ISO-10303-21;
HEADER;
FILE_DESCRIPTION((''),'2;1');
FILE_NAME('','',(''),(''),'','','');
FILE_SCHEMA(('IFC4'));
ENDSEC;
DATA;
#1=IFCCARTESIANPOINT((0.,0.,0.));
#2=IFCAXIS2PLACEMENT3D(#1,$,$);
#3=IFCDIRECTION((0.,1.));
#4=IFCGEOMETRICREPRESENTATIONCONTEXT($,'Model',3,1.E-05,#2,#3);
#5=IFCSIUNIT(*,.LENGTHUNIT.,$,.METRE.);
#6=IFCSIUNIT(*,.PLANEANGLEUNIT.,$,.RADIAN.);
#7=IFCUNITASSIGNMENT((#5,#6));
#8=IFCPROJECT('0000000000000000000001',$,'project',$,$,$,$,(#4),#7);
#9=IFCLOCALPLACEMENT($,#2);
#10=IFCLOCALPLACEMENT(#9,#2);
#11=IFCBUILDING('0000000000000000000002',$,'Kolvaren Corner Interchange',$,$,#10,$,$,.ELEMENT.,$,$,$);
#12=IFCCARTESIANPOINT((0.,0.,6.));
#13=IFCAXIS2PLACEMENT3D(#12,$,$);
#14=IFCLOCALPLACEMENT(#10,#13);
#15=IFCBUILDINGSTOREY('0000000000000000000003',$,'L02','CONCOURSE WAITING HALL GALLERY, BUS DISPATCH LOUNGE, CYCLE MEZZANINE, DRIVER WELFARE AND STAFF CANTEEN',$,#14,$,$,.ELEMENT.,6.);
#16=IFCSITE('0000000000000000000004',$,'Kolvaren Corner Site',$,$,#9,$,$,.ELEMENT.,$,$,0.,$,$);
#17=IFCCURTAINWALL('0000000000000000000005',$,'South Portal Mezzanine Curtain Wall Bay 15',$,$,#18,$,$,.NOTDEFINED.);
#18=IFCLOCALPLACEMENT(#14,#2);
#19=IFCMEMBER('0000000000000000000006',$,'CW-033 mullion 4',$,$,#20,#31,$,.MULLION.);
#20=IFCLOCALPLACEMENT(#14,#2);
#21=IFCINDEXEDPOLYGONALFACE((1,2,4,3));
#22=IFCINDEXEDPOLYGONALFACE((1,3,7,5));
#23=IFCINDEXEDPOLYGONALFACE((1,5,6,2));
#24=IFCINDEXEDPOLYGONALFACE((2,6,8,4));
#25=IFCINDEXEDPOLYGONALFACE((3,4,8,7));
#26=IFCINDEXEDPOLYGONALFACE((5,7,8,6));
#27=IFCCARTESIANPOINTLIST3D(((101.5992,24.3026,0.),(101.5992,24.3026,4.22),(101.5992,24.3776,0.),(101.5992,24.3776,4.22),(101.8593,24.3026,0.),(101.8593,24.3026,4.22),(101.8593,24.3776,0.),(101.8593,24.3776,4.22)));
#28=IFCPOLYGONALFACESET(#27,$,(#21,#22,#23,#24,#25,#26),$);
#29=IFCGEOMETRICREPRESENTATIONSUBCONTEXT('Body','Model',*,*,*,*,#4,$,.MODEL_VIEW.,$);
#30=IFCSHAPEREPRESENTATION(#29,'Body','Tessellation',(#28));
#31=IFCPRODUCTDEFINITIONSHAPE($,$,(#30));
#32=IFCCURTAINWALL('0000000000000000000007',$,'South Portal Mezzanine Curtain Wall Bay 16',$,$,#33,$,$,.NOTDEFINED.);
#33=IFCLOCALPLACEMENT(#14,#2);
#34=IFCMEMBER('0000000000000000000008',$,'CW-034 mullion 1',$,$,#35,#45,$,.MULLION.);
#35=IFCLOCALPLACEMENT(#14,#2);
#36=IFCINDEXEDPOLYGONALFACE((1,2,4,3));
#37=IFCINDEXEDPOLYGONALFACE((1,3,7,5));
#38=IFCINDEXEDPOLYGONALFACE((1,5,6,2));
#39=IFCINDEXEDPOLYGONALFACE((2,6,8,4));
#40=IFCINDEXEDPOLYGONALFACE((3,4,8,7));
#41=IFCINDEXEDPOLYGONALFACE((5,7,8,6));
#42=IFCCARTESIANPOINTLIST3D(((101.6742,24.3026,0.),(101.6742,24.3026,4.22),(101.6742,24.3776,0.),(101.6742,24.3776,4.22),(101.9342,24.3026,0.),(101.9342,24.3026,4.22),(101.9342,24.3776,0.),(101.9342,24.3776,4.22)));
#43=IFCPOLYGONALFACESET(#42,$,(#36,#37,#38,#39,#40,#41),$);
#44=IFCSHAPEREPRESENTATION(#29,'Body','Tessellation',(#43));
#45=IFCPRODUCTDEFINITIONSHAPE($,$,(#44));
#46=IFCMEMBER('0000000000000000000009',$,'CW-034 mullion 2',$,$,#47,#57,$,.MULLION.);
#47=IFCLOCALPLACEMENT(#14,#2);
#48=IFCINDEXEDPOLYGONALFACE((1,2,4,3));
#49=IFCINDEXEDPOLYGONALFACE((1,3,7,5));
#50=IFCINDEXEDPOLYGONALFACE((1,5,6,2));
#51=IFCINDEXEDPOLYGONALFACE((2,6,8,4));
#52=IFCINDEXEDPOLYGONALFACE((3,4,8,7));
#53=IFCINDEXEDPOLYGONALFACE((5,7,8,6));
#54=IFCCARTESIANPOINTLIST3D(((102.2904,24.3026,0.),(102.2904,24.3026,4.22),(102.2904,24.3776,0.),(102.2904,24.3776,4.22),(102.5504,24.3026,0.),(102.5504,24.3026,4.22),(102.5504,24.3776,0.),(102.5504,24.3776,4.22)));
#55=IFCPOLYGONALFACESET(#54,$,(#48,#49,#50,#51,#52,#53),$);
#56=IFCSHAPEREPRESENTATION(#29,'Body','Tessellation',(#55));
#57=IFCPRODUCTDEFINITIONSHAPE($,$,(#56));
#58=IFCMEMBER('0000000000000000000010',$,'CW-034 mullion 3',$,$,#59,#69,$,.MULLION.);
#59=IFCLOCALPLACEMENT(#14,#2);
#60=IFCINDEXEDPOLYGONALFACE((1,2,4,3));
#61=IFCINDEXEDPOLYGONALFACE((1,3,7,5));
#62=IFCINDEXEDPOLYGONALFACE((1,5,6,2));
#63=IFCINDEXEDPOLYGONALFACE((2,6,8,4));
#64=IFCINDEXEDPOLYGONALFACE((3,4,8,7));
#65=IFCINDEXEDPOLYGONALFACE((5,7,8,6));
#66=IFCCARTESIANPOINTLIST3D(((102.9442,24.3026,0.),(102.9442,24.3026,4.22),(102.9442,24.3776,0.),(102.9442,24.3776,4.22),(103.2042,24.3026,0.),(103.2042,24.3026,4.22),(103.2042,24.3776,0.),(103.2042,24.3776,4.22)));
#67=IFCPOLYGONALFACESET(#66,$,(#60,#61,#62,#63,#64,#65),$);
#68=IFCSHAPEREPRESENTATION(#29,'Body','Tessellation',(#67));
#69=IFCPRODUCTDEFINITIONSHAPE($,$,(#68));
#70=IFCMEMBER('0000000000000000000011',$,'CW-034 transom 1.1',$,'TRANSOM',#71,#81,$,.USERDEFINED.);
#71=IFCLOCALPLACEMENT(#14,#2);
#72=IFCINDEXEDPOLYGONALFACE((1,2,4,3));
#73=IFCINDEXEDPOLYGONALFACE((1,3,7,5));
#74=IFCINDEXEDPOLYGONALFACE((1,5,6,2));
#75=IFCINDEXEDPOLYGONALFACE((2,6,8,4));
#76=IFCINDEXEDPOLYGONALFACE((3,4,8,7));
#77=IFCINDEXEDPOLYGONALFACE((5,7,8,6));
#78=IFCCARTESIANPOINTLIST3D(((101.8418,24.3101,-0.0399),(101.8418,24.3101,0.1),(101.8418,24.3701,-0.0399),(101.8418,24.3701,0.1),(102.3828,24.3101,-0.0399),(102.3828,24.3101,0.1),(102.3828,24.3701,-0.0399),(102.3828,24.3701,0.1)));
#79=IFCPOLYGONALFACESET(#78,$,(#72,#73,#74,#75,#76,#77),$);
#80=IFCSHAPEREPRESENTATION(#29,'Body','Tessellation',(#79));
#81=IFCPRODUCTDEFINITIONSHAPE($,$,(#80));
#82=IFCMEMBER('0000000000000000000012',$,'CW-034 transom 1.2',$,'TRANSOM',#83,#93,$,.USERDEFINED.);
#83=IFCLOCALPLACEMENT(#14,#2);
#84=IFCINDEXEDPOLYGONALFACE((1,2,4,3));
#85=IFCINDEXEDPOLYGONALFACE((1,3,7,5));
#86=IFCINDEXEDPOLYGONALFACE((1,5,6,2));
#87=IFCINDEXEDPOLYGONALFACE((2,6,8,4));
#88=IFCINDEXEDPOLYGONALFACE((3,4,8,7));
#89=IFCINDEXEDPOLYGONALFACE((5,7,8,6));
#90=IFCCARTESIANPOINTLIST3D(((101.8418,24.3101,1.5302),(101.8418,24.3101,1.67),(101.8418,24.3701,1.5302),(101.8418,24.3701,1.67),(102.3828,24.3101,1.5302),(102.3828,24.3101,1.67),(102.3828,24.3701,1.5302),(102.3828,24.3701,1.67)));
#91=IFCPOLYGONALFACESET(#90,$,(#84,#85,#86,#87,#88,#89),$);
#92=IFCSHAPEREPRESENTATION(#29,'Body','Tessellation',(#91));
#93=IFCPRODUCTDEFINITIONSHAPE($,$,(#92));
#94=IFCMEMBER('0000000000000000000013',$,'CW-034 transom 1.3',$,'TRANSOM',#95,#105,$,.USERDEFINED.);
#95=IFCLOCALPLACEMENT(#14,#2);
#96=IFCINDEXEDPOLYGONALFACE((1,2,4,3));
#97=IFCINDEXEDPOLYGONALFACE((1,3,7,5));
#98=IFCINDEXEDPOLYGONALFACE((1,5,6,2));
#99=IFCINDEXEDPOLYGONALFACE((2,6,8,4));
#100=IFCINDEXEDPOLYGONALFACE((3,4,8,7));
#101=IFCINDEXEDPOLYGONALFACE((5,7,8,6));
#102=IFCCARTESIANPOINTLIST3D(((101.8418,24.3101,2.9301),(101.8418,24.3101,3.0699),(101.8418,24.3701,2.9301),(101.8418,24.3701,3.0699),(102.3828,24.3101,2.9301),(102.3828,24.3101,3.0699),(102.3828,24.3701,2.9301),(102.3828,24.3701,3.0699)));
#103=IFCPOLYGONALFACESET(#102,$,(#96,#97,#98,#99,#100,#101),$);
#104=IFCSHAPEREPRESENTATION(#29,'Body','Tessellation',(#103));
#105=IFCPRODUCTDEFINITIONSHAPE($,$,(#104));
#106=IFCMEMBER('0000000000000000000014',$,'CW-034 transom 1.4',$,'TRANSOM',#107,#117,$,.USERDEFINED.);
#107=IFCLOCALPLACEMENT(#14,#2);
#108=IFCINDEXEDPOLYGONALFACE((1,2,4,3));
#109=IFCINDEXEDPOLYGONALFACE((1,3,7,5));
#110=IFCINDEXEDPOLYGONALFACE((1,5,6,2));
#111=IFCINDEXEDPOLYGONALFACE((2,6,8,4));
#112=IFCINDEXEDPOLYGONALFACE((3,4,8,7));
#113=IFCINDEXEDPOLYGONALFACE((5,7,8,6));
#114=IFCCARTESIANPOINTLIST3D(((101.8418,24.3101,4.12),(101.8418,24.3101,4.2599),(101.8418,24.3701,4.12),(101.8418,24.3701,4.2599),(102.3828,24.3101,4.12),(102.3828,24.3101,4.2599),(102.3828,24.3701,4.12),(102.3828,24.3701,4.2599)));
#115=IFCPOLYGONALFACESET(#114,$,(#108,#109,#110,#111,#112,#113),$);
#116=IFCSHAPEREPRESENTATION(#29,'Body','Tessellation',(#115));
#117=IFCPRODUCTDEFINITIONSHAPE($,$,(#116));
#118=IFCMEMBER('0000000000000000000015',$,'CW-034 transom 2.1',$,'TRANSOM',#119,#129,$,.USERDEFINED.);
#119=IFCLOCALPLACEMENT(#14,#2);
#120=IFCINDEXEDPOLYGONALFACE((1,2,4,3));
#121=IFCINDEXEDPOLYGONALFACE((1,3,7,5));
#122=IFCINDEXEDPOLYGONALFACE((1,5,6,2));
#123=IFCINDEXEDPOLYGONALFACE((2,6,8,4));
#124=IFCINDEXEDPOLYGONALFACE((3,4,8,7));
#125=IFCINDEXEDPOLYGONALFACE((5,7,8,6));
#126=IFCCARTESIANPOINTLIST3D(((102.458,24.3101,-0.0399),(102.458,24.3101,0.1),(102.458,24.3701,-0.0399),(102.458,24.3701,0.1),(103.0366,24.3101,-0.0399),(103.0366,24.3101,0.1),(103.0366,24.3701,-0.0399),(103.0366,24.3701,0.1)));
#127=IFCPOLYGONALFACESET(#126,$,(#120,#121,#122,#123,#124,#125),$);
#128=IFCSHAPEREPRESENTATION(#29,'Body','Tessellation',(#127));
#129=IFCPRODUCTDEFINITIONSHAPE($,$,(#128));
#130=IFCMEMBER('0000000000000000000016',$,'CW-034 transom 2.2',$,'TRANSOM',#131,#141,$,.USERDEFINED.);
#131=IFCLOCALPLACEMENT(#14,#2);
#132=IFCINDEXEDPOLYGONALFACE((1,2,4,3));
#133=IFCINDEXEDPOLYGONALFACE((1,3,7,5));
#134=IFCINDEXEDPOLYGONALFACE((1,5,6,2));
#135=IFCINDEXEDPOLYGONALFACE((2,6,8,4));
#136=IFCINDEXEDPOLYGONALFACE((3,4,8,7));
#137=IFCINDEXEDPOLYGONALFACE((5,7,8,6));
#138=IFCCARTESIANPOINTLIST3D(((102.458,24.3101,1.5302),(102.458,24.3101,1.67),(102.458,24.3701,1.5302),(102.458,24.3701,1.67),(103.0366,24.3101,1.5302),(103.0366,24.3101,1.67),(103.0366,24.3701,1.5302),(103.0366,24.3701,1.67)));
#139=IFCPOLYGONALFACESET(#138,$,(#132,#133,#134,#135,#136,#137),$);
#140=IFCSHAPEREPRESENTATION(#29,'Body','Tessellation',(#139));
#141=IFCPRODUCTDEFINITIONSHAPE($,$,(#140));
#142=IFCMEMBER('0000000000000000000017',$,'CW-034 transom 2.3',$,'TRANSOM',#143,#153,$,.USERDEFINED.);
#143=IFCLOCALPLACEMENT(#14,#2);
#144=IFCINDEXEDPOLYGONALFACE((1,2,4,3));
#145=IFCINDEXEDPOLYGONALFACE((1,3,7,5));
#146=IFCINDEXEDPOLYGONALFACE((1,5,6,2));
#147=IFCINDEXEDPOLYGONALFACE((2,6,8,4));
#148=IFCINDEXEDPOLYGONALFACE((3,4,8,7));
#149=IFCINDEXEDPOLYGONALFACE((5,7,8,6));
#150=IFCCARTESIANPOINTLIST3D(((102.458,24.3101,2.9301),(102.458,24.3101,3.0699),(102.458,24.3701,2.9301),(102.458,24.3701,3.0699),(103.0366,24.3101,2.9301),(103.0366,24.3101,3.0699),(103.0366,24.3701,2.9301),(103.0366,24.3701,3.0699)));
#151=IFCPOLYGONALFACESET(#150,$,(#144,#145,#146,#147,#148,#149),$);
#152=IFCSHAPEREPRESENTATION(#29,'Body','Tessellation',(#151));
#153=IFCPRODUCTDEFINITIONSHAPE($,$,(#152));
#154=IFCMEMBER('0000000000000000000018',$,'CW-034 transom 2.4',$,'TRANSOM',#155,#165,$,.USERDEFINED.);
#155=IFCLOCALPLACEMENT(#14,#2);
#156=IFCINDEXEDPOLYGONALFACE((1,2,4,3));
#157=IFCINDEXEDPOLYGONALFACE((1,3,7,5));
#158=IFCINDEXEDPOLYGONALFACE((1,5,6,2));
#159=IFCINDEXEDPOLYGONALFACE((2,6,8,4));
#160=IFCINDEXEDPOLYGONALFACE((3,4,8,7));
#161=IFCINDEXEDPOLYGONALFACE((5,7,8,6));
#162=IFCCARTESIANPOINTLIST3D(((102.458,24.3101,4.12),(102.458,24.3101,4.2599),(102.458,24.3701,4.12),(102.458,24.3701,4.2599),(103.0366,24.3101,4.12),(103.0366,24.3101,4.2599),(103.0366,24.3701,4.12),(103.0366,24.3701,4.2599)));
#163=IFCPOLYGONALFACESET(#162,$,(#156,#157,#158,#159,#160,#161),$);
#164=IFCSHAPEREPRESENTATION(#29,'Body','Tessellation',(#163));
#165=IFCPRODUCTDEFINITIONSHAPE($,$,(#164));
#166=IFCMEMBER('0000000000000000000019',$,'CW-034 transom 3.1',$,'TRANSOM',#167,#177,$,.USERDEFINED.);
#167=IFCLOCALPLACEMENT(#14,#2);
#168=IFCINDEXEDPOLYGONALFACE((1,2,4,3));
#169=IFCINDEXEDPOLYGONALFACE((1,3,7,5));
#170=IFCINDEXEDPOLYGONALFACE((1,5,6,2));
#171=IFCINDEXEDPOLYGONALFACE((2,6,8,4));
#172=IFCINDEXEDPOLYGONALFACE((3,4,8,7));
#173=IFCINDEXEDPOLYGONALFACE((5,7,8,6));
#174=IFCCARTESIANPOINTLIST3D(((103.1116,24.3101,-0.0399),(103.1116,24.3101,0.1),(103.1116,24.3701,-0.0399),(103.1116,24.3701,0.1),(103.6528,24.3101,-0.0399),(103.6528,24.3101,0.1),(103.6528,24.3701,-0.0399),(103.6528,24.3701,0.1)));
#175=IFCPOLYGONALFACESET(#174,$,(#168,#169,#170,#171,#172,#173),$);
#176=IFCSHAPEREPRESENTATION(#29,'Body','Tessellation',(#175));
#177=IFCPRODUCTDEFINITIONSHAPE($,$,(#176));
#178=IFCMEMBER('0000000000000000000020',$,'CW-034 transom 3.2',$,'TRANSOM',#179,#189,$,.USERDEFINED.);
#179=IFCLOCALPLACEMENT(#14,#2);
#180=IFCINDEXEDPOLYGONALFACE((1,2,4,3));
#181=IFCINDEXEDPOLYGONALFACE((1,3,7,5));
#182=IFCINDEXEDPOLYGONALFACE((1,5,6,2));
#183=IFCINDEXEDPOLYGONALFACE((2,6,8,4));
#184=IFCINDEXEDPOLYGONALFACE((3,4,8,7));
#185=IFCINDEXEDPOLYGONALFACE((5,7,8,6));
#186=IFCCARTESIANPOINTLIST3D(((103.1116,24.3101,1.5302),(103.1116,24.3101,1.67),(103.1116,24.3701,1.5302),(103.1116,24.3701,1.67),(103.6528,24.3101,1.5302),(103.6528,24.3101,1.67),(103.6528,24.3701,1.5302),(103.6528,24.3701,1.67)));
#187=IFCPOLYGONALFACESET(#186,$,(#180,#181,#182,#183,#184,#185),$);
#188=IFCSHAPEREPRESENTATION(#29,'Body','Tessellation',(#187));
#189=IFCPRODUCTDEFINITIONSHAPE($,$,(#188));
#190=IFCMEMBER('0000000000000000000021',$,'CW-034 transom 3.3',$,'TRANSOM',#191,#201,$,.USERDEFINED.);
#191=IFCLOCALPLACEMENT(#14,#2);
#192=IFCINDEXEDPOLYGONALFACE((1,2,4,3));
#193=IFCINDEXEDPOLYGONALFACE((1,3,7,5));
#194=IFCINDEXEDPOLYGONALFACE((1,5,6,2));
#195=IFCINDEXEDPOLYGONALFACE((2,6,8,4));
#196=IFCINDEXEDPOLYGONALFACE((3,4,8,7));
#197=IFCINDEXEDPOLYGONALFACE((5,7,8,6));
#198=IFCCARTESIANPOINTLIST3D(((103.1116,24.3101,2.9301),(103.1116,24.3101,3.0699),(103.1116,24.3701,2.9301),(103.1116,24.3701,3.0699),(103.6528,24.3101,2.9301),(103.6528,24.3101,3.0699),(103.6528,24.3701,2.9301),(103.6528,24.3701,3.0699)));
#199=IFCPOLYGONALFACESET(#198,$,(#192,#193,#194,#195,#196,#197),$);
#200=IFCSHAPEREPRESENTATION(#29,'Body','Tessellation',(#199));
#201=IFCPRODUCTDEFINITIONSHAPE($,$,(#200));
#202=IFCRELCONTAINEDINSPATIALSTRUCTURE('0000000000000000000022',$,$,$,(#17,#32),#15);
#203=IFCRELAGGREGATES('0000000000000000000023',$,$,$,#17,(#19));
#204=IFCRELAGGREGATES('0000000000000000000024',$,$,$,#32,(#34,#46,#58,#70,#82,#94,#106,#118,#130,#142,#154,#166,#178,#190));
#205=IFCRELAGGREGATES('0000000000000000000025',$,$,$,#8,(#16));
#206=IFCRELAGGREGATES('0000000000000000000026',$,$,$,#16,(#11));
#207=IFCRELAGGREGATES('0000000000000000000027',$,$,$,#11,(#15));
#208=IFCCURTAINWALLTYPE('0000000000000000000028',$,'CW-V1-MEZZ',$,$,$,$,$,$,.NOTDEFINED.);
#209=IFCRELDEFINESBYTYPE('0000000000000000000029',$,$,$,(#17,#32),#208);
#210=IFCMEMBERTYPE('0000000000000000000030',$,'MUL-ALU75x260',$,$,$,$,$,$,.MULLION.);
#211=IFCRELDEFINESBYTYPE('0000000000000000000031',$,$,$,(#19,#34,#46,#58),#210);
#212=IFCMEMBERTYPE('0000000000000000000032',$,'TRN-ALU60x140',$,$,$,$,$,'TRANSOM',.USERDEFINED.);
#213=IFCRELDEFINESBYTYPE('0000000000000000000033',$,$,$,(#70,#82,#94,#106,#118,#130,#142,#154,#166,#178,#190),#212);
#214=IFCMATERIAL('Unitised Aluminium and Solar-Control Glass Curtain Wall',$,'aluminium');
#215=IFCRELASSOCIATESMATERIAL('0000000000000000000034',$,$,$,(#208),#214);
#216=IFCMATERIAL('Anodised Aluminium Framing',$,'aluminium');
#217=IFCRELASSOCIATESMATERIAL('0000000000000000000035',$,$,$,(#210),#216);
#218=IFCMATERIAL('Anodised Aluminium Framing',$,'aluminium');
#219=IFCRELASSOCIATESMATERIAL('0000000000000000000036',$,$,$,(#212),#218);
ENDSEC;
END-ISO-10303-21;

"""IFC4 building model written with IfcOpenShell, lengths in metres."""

from ifc_helpers import new_model, si_unit, direction, frame, origin, origin_2d, place, context, subcontext, project, spatial, rectangle, extrude, material, material_profile, profile_set, type_object, element, aggregate, save


model = new_model("IFC4")

# Units and contexts
model_context = context("Model", 3, precision=1e-05, world=origin(), true_north=direction((0.0, 1.0)))
body_context = subcontext(model_context, "Body", "Model", "MODEL_VIEW")
ifc_project = project(units=[si_unit("LENGTHUNIT", "METRE"), si_unit("PLANEANGLEUNIT", "RADIAN")], contexts=[model_context])

# Site, building, storey
site_placement = place(None, origin())
site = spatial("IfcSite", under=ifc_project, at=site_placement, Name="Kolvaren Corner Site", CompositionType="ELEMENT", RefElevation=0.0)
building_placement = place(site_placement, origin())
building = spatial("IfcBuilding", under=site, at=building_placement, Name="Kolvaren Corner Interchange", CompositionType="ELEMENT")
storey_placement = place(building_placement, frame((0.0, 0.0, 6.0)))
storey = spatial("IfcBuildingStorey", under=building, at=storey_placement, Name="L02", Description="CONCOURSE WAITING HALL GALLERY, BUS DISPATCH LOUNGE, CYCLE MEZZANINE, DRIVER WELFARE AND STAFF CANTEEN", CompositionType="ELEMENT", Elevation=6.0)

# Curtain wall, member
ifc_material_1 = material(Name="Unitised Aluminium and Solar-Control Glass Curtain Wall", Category="aluminium")
curtain_wall_type = type_object("IfcCurtainWallType", Name="CW-V1-MEZZ", PredefinedType="NOTDEFINED", material=ifc_material_1)
curtain_wall_1_placement = place(storey_placement, origin())
curtain_wall_1 = element("IfcCurtainWall", 1, at=curtain_wall_1_placement, inside=storey, type_object=curtain_wall_type, Name="South Portal Mezzanine Curtain Wall Bay 15", PredefinedType="NOTDEFINED")
ifc_material_2 = material(Name="Anodised Aluminium Framing", Category="aluminium")
ifc_material_profile_1 = material_profile(ifc_material_2, rectangle(XDim=0.075, YDim=0.26, at=origin_2d()), Name="ALU 75x260")
ifc_profile_set_1 = profile_set([ifc_material_profile_1], Name="Anodised Aluminium Framing")
member_type_1 = type_object("IfcMemberType", Name="MUL-ALU75x260", PredefinedType="MULLION", material=ifc_profile_set_1)
member_1_placement = place(storey_placement, frame((101.7292, 24.3401, 0.0), z_axis=(0.0, 0.0, 1.0), x_axis=(0.0, 1.0, 0.0)))
member_1 = element("IfcMember", 2, at=member_1_placement, type_object=member_type_1, Name="CW-033 mullion 4", PredefinedType="MULLION", context=body_context, shape_type="SweptSolid", body=[
    extrude(rectangle(XDim=0.075, YDim=0.26, at=origin_2d()), origin(), (0.0, 0.0, 1.0), 4.22),
])

# Curtain wall, members
curtain_wall_2_placement = place(storey_placement, origin())
curtain_wall_2 = element("IfcCurtainWall", 3, at=curtain_wall_2_placement, inside=storey, type_object=curtain_wall_type, Name="South Portal Mezzanine Curtain Wall Bay 16", PredefinedType="NOTDEFINED")
member_2_placement = place(storey_placement, frame((101.8042, 24.3401, 0.0), z_axis=(0.0, 0.0, 1.0), x_axis=(0.0, 1.0, 0.0)))
member_2 = element("IfcMember", 4, at=member_2_placement, type_object=member_type_1, Name="CW-034 mullion 1", PredefinedType="MULLION", context=body_context, shape_type="SweptSolid", body=[
    extrude(rectangle(XDim=0.075, YDim=0.26, at=origin_2d()), origin(), (0.0, 0.0, 1.0), 4.22),
])
member_3_placement = place(storey_placement, frame((102.4204, 24.3401, 0.0), z_axis=(0.0, 0.0, 1.0), x_axis=(0.0, 1.0, 0.0)))
member_3 = element("IfcMember", 5, at=member_3_placement, type_object=member_type_1, Name="CW-034 mullion 2", PredefinedType="MULLION", context=body_context, shape_type="SweptSolid", body=[
    extrude(rectangle(XDim=0.075, YDim=0.26, at=origin_2d()), origin(), (0.0, 0.0, 1.0), 4.22),
])
member_4_placement = place(storey_placement, frame((103.0742, 24.3401, 0.0), z_axis=(0.0, 0.0, 1.0), x_axis=(0.0, 1.0, 0.0)))
member_4 = element("IfcMember", 6, at=member_4_placement, type_object=member_type_1, Name="CW-034 mullion 3", PredefinedType="MULLION", context=body_context, shape_type="SweptSolid", body=[
    extrude(rectangle(XDim=0.075, YDim=0.26, at=origin_2d()), origin(), (0.0, 0.0, 1.0), 4.22),
])
ifc_material_3 = material(Name="Anodised Aluminium Framing", Category="aluminium")
ifc_material_profile_2 = material_profile(ifc_material_3, rectangle(XDim=0.0601, YDim=0.1399, at=origin_2d()), Name="ALU 60x140")
ifc_profile_set_2 = profile_set([ifc_material_profile_2], Name="Anodised Aluminium Framing")
member_type_2 = type_object("IfcMemberType", Name="TRN-ALU60x140", ElementType="TRANSOM", PredefinedType="USERDEFINED", material=ifc_profile_set_2)
member_5_placement = place(storey_placement, frame((101.8418, 24.3401, 0.03), z_axis=(1.0, 0.0, 0.0), x_axis=(0.0, 1.0, 0.0)))
member_5 = element("IfcMember", 7, at=member_5_placement, type_object=member_type_2, Name="CW-034 transom 1.1", ObjectType="TRANSOM", PredefinedType="USERDEFINED", context=body_context, shape_type="SweptSolid", body=[
    extrude(rectangle(XDim=0.0601, YDim=0.1399, at=origin_2d()), origin(), (0.0, 0.0, 1.0), 0.541),
])
member_6_placement = place(storey_placement, frame((101.8418, 24.3401, 1.6001), z_axis=(1.0, 0.0, 0.0), x_axis=(0.0, 1.0, 0.0)))
member_6 = element("IfcMember", 8, at=member_6_placement, type_object=member_type_2, Name="CW-034 transom 1.2", ObjectType="TRANSOM", PredefinedType="USERDEFINED", context=body_context, shape_type="SweptSolid", body=[
    extrude(rectangle(XDim=0.0601, YDim=0.1399, at=origin_2d()), origin(), (0.0, 0.0, 1.0), 0.541),
])
member_7_placement = place(storey_placement, frame((101.8418, 24.3401, 3.0), z_axis=(1.0, 0.0, 0.0), x_axis=(0.0, 1.0, 0.0)))
member_7 = element("IfcMember", 9, at=member_7_placement, type_object=member_type_2, Name="CW-034 transom 1.3", ObjectType="TRANSOM", PredefinedType="USERDEFINED", context=body_context, shape_type="SweptSolid", body=[
    extrude(rectangle(XDim=0.0601, YDim=0.1399, at=origin_2d()), origin(), (0.0, 0.0, 1.0), 0.541),
])
member_8_placement = place(storey_placement, frame((101.8418, 24.3401, 4.1899), z_axis=(1.0, 0.0, 0.0), x_axis=(0.0, 1.0, 0.0)))
member_8 = element("IfcMember", 10, at=member_8_placement, type_object=member_type_2, Name="CW-034 transom 1.4", ObjectType="TRANSOM", PredefinedType="USERDEFINED", context=body_context, shape_type="SweptSolid", body=[
    extrude(rectangle(XDim=0.0601, YDim=0.1399, at=origin_2d()), origin(), (0.0, 0.0, 1.0), 0.541),
])
member_9_placement = place(storey_placement, frame((102.458, 24.3401, 0.03), z_axis=(1.0, 0.0, 0.0), x_axis=(0.0, 1.0, 0.0)))
member_9 = element("IfcMember", 11, at=member_9_placement, type_object=member_type_2, Name="CW-034 transom 2.1", ObjectType="TRANSOM", PredefinedType="USERDEFINED", context=body_context, shape_type="SweptSolid", body=[
    extrude(rectangle(XDim=0.0601, YDim=0.1399, at=origin_2d()), origin(), (0.0, 0.0, 1.0), 0.5786),
])
member_10_placement = place(storey_placement, frame((102.458, 24.3401, 1.6001), z_axis=(1.0, 0.0, 0.0), x_axis=(0.0, 1.0, 0.0)))
member_10 = element("IfcMember", 12, at=member_10_placement, type_object=member_type_2, Name="CW-034 transom 2.2", ObjectType="TRANSOM", PredefinedType="USERDEFINED", context=body_context, shape_type="SweptSolid", body=[
    extrude(rectangle(XDim=0.0601, YDim=0.1399, at=origin_2d()), origin(), (0.0, 0.0, 1.0), 0.5786),
])
member_11_placement = place(storey_placement, frame((102.458, 24.3401, 3.0), z_axis=(1.0, 0.0, 0.0), x_axis=(0.0, 1.0, 0.0)))
member_11 = element("IfcMember", 13, at=member_11_placement, type_object=member_type_2, Name="CW-034 transom 2.3", ObjectType="TRANSOM", PredefinedType="USERDEFINED", context=body_context, shape_type="SweptSolid", body=[
    extrude(rectangle(XDim=0.0601, YDim=0.1399, at=origin_2d()), origin(), (0.0, 0.0, 1.0), 0.5786),
])
member_12_placement = place(storey_placement, frame((102.458, 24.3401, 4.1899), z_axis=(1.0, 0.0, 0.0), x_axis=(0.0, 1.0, 0.0)))
member_12 = element("IfcMember", 14, at=member_12_placement, type_object=member_type_2, Name="CW-034 transom 2.4", ObjectType="TRANSOM", PredefinedType="USERDEFINED", context=body_context, shape_type="SweptSolid", body=[
    extrude(rectangle(XDim=0.0601, YDim=0.1399, at=origin_2d()), origin(), (0.0, 0.0, 1.0), 0.5786),
])
member_13_placement = place(storey_placement, frame((103.1116, 24.3401, 0.03), z_axis=(1.0, 0.0, 0.0), x_axis=(0.0, 1.0, 0.0)))
member_13 = element("IfcMember", 15, at=member_13_placement, type_object=member_type_2, Name="CW-034 transom 3.1", ObjectType="TRANSOM", PredefinedType="USERDEFINED", context=body_context, shape_type="SweptSolid", body=[
    extrude(rectangle(XDim=0.0601, YDim=0.1399, at=origin_2d()), origin(), (0.0, 0.0, 1.0), 0.5413),
])
member_14_placement = place(storey_placement, frame((103.1116, 24.3401, 1.6001), z_axis=(1.0, 0.0, 0.0), x_axis=(0.0, 1.0, 0.0)))
member_14 = element("IfcMember", 16, at=member_14_placement, type_object=member_type_2, Name="CW-034 transom 3.2", ObjectType="TRANSOM", PredefinedType="USERDEFINED", context=body_context, shape_type="SweptSolid", body=[
    extrude(rectangle(XDim=0.0601, YDim=0.1399, at=origin_2d()), origin(), (0.0, 0.0, 1.0), 0.5413),
])
member_15_placement = place(storey_placement, frame((103.1116, 24.3401, 3.0), z_axis=(1.0, 0.0, 0.0), x_axis=(0.0, 1.0, 0.0)))
member_15 = element("IfcMember", 17, at=member_15_placement, type_object=member_type_2, Name="CW-034 transom 3.3", ObjectType="TRANSOM", PredefinedType="USERDEFINED", context=body_context, shape_type="SweptSolid", body=[
    extrude(rectangle(XDim=0.0601, YDim=0.1399, at=origin_2d()), origin(), (0.0, 0.0, 1.0), 0.5413),
])

aggregate(curtain_wall_1, [member_1])
aggregate(curtain_wall_2, [member_2, member_3, member_4, member_5, member_6, member_7, member_8, member_9, member_10, member_11, member_12, member_13, member_14, member_15])

save(model, "model.ifc")
